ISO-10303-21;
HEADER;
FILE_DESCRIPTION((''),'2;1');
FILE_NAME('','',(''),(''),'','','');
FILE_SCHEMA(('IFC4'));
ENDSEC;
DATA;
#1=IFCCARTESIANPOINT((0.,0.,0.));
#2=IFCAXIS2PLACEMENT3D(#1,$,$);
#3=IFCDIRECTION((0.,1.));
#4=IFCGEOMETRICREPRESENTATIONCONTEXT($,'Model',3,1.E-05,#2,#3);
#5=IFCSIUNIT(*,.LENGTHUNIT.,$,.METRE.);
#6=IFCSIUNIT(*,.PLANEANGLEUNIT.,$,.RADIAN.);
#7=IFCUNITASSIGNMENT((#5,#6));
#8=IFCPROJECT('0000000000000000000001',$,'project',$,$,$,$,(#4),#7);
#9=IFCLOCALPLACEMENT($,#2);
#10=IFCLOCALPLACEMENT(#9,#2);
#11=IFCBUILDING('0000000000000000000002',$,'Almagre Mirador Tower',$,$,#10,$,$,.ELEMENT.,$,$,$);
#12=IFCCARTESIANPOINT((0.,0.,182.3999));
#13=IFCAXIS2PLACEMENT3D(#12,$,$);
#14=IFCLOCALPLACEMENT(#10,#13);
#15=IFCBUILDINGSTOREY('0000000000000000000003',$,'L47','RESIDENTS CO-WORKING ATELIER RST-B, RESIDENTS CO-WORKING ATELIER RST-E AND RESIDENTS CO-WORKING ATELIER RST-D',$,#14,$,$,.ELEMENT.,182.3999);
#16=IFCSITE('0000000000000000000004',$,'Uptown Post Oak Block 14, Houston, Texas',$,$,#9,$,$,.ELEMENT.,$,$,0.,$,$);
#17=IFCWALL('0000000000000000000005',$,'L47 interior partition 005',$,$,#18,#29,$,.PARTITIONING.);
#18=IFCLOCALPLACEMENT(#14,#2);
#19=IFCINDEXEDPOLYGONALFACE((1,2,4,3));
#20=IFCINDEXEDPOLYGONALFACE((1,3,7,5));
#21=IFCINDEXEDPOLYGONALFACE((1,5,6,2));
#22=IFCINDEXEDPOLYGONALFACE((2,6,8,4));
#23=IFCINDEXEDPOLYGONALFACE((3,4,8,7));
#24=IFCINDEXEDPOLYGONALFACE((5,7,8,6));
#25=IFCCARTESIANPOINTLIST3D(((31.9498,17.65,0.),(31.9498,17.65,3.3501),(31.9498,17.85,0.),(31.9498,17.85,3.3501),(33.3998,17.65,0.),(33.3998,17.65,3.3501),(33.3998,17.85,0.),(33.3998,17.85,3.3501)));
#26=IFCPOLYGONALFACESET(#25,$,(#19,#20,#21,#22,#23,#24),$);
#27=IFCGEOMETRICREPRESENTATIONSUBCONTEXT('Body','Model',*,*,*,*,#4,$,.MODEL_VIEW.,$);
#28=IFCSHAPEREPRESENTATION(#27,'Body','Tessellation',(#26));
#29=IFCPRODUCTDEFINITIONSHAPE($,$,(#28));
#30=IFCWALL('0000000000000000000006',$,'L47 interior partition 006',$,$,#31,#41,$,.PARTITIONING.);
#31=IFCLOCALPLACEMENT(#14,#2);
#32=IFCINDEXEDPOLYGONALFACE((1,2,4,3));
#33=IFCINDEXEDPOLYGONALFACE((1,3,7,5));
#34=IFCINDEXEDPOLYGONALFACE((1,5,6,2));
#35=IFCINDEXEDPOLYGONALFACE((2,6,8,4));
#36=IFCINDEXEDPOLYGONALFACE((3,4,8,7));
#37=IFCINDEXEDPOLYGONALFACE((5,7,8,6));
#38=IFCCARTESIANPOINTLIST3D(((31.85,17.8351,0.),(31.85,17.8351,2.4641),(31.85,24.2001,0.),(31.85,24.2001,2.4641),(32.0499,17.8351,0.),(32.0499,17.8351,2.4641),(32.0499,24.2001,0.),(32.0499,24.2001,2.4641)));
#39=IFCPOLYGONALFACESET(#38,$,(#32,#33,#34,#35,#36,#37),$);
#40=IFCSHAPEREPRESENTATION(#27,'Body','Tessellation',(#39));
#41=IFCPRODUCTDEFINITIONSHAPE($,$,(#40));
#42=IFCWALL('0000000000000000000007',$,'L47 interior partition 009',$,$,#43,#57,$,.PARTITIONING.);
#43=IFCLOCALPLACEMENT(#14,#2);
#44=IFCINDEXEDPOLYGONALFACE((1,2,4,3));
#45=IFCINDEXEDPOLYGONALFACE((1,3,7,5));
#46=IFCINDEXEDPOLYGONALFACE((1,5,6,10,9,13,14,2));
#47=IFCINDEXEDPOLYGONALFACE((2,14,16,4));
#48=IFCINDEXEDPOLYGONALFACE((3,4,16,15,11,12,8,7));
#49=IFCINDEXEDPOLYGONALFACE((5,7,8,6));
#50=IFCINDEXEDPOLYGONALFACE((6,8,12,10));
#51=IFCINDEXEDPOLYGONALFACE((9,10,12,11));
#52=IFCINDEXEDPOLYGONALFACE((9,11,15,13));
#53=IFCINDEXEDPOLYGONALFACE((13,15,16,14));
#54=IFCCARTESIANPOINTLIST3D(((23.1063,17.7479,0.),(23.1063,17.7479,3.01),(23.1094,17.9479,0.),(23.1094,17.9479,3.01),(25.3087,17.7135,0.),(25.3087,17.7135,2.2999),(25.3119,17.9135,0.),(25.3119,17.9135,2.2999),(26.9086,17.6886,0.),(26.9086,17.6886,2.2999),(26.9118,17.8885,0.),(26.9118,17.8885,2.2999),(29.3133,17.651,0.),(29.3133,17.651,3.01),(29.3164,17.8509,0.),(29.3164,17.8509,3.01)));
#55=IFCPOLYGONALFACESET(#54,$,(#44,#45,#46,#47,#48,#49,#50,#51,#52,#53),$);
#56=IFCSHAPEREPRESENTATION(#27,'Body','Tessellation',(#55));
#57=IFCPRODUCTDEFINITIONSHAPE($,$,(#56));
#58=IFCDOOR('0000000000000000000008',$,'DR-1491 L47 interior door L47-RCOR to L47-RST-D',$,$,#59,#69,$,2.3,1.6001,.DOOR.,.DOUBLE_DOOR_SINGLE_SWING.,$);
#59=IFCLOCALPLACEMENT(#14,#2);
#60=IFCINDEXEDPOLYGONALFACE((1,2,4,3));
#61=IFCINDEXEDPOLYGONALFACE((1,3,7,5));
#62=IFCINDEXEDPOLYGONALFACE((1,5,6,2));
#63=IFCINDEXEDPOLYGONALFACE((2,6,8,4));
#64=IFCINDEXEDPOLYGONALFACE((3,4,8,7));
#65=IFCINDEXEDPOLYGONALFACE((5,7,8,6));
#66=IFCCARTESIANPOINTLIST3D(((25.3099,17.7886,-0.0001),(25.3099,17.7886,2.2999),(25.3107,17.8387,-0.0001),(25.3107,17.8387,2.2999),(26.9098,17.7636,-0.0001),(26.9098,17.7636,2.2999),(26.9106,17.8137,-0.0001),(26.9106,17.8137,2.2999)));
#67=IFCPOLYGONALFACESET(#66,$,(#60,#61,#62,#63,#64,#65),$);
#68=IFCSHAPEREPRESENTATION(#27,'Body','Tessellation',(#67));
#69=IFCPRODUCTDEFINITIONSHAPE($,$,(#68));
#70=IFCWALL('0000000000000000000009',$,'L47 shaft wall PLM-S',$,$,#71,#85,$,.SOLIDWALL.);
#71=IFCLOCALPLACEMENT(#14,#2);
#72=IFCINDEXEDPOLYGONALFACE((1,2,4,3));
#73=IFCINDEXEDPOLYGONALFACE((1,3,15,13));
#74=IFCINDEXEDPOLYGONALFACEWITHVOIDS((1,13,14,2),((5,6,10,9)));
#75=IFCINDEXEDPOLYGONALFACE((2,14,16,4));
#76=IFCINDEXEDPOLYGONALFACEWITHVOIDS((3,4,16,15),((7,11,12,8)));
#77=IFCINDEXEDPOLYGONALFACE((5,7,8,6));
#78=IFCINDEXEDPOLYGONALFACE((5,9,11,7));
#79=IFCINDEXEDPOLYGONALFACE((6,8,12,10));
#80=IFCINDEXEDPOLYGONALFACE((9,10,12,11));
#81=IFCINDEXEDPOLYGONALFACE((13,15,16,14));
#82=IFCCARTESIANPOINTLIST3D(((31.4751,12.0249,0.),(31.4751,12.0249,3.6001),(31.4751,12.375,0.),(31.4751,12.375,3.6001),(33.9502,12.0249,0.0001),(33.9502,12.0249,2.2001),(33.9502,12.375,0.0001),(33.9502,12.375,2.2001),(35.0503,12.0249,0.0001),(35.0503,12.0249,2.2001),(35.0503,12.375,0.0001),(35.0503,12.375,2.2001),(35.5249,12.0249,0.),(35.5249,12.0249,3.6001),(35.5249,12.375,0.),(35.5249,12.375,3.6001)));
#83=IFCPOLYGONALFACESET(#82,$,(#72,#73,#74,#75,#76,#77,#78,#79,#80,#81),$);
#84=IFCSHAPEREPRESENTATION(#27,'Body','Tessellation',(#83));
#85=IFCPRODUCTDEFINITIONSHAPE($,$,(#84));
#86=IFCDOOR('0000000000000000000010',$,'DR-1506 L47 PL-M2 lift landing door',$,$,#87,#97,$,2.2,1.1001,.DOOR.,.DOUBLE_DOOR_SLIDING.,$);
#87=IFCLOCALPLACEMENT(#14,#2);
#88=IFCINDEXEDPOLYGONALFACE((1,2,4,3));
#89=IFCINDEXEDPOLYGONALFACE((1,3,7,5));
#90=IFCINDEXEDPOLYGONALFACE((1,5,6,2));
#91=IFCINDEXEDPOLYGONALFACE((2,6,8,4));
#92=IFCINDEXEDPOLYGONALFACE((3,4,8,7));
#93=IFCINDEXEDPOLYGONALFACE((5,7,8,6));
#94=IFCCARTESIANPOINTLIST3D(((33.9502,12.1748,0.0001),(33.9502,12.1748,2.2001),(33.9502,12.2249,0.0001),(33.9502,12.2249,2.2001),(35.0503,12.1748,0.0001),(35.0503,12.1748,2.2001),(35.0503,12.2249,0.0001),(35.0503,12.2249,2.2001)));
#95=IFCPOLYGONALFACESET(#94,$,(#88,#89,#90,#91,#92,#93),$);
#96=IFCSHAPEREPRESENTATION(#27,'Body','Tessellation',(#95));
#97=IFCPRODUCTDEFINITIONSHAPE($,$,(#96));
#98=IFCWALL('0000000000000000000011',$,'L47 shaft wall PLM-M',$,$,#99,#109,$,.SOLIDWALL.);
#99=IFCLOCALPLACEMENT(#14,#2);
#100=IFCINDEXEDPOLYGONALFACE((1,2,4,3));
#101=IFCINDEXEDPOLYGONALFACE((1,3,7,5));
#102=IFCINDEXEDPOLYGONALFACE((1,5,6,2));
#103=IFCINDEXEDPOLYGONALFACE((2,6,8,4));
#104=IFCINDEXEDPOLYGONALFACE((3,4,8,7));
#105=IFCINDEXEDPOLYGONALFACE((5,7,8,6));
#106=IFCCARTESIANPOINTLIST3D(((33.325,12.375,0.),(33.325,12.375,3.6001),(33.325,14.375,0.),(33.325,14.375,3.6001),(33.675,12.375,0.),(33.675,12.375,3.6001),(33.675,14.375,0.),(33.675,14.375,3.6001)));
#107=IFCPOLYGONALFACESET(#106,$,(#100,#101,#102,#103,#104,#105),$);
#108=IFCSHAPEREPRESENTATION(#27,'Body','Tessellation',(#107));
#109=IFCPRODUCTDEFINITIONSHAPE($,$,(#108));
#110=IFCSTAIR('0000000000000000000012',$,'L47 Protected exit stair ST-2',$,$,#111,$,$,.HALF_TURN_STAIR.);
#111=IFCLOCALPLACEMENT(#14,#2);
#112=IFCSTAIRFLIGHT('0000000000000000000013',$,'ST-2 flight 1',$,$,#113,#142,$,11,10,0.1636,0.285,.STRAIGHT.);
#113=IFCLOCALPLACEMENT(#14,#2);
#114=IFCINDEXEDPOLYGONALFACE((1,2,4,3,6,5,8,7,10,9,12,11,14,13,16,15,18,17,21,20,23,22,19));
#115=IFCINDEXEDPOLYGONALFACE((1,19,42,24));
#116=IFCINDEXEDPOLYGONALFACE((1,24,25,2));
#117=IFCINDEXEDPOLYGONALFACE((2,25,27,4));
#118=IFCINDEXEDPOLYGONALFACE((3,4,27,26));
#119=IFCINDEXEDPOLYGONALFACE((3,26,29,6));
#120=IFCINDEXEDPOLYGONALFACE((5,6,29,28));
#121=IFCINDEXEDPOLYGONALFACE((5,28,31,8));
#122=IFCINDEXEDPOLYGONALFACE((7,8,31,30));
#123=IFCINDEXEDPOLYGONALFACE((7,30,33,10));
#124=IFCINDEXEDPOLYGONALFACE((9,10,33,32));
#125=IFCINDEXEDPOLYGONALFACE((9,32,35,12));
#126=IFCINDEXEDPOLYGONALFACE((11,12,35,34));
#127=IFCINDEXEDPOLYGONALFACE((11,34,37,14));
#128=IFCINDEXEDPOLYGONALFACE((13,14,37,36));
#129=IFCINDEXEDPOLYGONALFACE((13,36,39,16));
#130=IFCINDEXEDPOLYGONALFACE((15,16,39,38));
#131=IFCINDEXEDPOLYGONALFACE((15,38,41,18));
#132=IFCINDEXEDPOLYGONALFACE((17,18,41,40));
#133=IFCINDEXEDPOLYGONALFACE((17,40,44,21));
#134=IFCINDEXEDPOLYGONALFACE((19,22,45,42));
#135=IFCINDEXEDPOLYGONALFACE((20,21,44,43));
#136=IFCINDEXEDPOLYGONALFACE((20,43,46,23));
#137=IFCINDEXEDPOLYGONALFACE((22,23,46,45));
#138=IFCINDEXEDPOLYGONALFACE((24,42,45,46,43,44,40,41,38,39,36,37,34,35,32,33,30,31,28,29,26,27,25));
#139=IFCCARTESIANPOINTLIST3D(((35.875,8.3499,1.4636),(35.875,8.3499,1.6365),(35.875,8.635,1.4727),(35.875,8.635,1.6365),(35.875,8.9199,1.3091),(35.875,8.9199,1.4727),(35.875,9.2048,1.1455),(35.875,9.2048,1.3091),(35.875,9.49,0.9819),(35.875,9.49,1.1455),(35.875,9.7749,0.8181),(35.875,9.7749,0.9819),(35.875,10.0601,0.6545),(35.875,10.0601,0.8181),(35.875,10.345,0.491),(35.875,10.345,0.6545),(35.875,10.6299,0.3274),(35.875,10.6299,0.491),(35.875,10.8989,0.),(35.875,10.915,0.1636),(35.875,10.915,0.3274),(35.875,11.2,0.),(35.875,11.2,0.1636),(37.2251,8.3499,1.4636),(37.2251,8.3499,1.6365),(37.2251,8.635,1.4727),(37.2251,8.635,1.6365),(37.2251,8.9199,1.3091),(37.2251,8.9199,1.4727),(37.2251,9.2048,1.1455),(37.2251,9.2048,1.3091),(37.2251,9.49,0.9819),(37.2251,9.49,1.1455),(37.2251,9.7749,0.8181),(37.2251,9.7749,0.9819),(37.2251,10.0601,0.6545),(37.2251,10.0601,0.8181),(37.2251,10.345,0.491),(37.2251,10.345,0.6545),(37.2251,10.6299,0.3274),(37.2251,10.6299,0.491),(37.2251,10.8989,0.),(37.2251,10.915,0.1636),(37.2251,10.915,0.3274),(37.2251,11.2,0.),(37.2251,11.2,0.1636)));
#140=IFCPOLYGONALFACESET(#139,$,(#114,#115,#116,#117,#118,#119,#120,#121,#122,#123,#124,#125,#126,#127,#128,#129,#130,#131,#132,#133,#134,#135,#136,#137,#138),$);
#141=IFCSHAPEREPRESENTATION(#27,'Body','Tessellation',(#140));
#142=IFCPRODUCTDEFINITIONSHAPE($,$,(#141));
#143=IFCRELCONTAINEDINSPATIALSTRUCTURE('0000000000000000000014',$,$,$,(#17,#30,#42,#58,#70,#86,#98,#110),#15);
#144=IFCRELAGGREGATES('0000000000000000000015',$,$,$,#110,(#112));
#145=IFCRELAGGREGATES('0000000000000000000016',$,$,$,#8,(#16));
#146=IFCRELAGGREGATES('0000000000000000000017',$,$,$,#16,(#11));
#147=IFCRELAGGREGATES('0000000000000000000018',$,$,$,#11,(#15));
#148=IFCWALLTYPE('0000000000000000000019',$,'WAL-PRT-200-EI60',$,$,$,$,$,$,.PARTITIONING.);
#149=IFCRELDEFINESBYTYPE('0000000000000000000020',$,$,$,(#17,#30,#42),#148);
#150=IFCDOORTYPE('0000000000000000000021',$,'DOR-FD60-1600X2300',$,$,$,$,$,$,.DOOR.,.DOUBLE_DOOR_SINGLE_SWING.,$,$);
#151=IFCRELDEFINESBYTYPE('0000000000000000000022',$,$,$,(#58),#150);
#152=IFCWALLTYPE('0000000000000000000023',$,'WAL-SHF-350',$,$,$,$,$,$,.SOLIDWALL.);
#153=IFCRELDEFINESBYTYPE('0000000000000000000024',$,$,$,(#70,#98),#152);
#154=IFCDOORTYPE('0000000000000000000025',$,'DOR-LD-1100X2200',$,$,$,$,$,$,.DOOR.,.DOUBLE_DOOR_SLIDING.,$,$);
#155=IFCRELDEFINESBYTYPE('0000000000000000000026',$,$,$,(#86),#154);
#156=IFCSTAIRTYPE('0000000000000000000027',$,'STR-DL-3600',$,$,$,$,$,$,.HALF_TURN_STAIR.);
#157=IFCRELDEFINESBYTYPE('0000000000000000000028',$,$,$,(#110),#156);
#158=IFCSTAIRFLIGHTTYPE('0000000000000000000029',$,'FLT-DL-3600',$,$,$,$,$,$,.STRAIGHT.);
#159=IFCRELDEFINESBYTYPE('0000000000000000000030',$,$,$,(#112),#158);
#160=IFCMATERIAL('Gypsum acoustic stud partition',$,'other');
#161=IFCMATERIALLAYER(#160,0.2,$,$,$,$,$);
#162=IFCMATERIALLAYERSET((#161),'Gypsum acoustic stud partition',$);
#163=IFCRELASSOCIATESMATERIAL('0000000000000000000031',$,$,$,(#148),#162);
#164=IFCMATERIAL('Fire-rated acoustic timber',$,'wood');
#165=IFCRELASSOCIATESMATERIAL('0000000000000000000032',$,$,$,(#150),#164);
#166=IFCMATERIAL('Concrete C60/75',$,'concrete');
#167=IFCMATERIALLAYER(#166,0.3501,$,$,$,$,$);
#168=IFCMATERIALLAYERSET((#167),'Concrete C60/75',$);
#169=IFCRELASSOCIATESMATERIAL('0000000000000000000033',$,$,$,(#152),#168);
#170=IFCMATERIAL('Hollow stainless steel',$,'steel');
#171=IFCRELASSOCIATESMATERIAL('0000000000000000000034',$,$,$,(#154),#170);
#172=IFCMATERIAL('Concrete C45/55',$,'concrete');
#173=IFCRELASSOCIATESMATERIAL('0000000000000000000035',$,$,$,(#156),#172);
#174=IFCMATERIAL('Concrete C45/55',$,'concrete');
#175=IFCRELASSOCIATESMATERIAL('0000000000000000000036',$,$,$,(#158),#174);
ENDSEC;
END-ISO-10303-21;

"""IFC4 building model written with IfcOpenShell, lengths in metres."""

from ifc_helpers import new_model, si_unit, direction, frame, frame_2d, origin, place, context, subcontext, project, spatial, polyline, rectangle, outline, extrude, material, layer, layer_set, type_object, element, fill, aggregate, save


model = new_model("IFC4")

# Units and contexts
model_context = context("Model", 3, precision=1e-05, world=origin(), true_north=direction((0.0, 1.0)))
body_context = subcontext(model_context, "Body", "Model", "MODEL_VIEW")
ifc_project = project(units=[si_unit("LENGTHUNIT", "METRE"), si_unit("PLANEANGLEUNIT", "RADIAN")], contexts=[model_context])

# Site, building, storey
site_placement = place(None, origin())
site = spatial("IfcSite", under=ifc_project, at=site_placement, Name="Uptown Post Oak Block 14, Houston, Texas", CompositionType="ELEMENT", RefElevation=0.0)
building_placement = place(site_placement, origin())
building = spatial("IfcBuilding", under=site, at=building_placement, Name="Almagre Mirador Tower", CompositionType="ELEMENT")
storey_placement = place(building_placement, frame((0.0, 0.0, 182.3999)))
storey = spatial("IfcBuildingStorey", under=building, at=storey_placement, Name="L47", Description="RESIDENTS CO-WORKING ATELIER RST-B, RESIDENTS CO-WORKING ATELIER RST-E AND RESIDENTS CO-WORKING ATELIER RST-D", CompositionType="ELEMENT", Elevation=182.3999)

# Walls
ifc_material_1 = material(Name="Gypsum acoustic stud partition", Category="other")
ifc_layer_1 = layer(ifc_material_1, 0.2)
ifc_layer_set_1 = layer_set([ifc_layer_1], Name="Gypsum acoustic stud partition")
wall_type_1 = type_object("IfcWallType", Name="WAL-PRT-200-EI60", PredefinedType="PARTITIONING", material=ifc_layer_set_1)
wall_1_placement = place(storey_placement, frame((33.3999, 17.75, 0.0), z_axis=(0.0, 0.0, 1.0), x_axis=(-1.0, 0.0, 0.0)))
element("IfcWall", 1, at=wall_1_placement, inside=storey, type_object=wall_type_1, Name="L47 interior partition 005", PredefinedType="PARTITIONING", context=body_context, shape_type="SweptSolid", body=[
    extrude(rectangle(XDim=1.45, YDim=0.2, at=frame_2d((0.7251, 0.0))), origin(), (0.0, 0.0, 1.0), 3.3501),
])
wall_2_placement = place(storey_placement, frame((31.95, 17.835, 0.0), z_axis=(0.0, 0.0, 1.0), x_axis=(0.0, 1.0, 0.0)))
element("IfcWall", 2, at=wall_2_placement, inside=storey, type_object=wall_type_1, Name="L47 interior partition 006", PredefinedType="PARTITIONING", context=body_context, shape_type="SweptSolid", body=[
    extrude(rectangle(XDim=6.365, YDim=0.2, at=frame_2d((3.1826, 0.0))), origin(), (0.0, 0.0, 1.0), 2.4641),
])

# Walls, openings, doors
wall_3_placement = place(storey_placement, frame((29.3149, 17.751, 0.0), z_axis=(0.0, 0.0, 1.0), x_axis=(-0.999878, 0.015613, 0.0)))
wall_3 = element("IfcWall", 3, at=wall_3_placement, inside=storey, type_object=wall_type_1, Name="L47 interior partition 009", PredefinedType="PARTITIONING", context=body_context, shape_type="SweptSolid", body=[
    extrude(rectangle(XDim=6.2078, YDim=0.2, at=frame_2d((3.104, 0.0))), origin(), (0.0, 0.0, 1.0), 3.01),
])
opening_1_placement = place(wall_3_placement, frame((2.405, 0.0, 0.0)))
opening_1 = element("IfcOpeningElement", 4, at=opening_1_placement, cuts=wall_3, PredefinedType="OPENING", context=body_context, shape_type="SweptSolid", body=[
    extrude(rectangle(XDim=1.6001, YDim=2.3, at=frame_2d((0.8, 1.1499))), frame((0.0, 0.1101, 0.0), z_axis=(0.0, -1.0, 0.0), x_axis=(1.0, 0.0, 0.0)), (0.0, 0.0, 1.0), 0.22),
])
ifc_material_2 = material(Name="Fire-rated acoustic timber", Category="wood")
door_type_1 = type_object("IfcDoorType", Name="DOR-FD60-1600X2300", OperationType="DOUBLE_DOOR_SINGLE_SWING", PredefinedType="DOOR", material=ifc_material_2)
door_1_placement = place(opening_1_placement, origin())
door_1 = element("IfcDoor", 5, at=door_1_placement, inside=storey, type_object=door_type_1, Name="DR-1491 L47 interior door L47-RCOR to L47-RST-D", OperationType="DOUBLE_DOOR_SINGLE_SWING", OverallHeight=2.3, OverallWidth=1.6001, PredefinedType="DOOR", context=body_context, shape_type="SweptSolid", body=[
    extrude(rectangle(XDim=1.6001, YDim=2.3, at=frame_2d((0.8, 1.1499))), frame((0.0, 0.0249, 0.0), z_axis=(0.0, -1.0, 0.0), x_axis=(1.0, 0.0, 0.0)), (0.0, 0.0, 1.0), 0.05),
])
fill(opening_1, door_1)
ifc_material_3 = material(Name="Concrete C60/75", Category="concrete")
ifc_layer_2 = layer(ifc_material_3, 0.3501)
ifc_layer_set_2 = layer_set([ifc_layer_2], Name="Concrete C60/75")
wall_type_2 = type_object("IfcWallType", Name="WAL-SHF-350", PredefinedType="SOLIDWALL", material=ifc_layer_set_2)
wall_4_placement = place(storey_placement, frame((31.4751, 12.2, 0.0), z_axis=(0.0, 0.0, 1.0), x_axis=(1.0, 0.0, 0.0)))
wall_4 = element("IfcWall", 6, at=wall_4_placement, inside=storey, type_object=wall_type_2, Name="L47 shaft wall PLM-S", PredefinedType="SOLIDWALL", context=body_context, shape_type="SweptSolid", body=[
    extrude(rectangle(XDim=4.0498, YDim=0.3501, at=frame_2d((2.0249, 0.0))), origin(), (0.0, 0.0, 1.0), 3.6001),
])
opening_2_placement = place(wall_4_placement, frame((2.4751, 0.0, 0.0)))
opening_2 = element("IfcOpeningElement", 7, at=opening_2_placement, cuts=wall_4, PredefinedType="OPENING", context=body_context, shape_type="SweptSolid", body=[
    extrude(rectangle(XDim=1.1001, YDim=2.2, at=frame_2d((0.55, 1.1001))), frame((0.0, 0.185, 0.0), z_axis=(0.0, -1.0, 0.0), x_axis=(1.0, 0.0, 0.0)), (0.0, 0.0, 1.0), 0.3701),
])
ifc_material_4 = material(Name="Hollow stainless steel", Category="steel")
door_type_2 = type_object("IfcDoorType", Name="DOR-LD-1100X2200", OperationType="DOUBLE_DOOR_SLIDING", PredefinedType="DOOR", material=ifc_material_4)
door_2_placement = place(opening_2_placement, origin())
door_2 = element("IfcDoor", 8, at=door_2_placement, inside=storey, type_object=door_type_2, Name="DR-1506 L47 PL-M2 lift landing door", OperationType="DOUBLE_DOOR_SLIDING", OverallHeight=2.2, OverallWidth=1.1001, PredefinedType="DOOR", context=body_context, shape_type="SweptSolid", body=[
    extrude(rectangle(XDim=1.1001, YDim=2.2, at=frame_2d((0.55, 1.1001))), frame((0.0, 0.0249, 0.0), z_axis=(0.0, -1.0, 0.0), x_axis=(1.0, 0.0, 0.0)), (0.0, 0.0, 1.0), 0.05),
])
fill(opening_2, door_2)

# Wall
wall_5_placement = place(storey_placement, frame((33.5, 12.375, 0.0), z_axis=(0.0, 0.0, 1.0), x_axis=(0.0, 1.0, 0.0)))
element("IfcWall", 9, at=wall_5_placement, inside=storey, type_object=wall_type_2, Name="L47 shaft wall PLM-M", PredefinedType="SOLIDWALL", context=body_context, shape_type="SweptSolid", body=[
    extrude(rectangle(XDim=2.0, YDim=0.3501, at=frame_2d((1.0, 0.0))), origin(), (0.0, 0.0, 1.0), 3.6001),
])

# Stair, stair flight
ifc_material_5 = material(Name="Concrete C45/55", Category="concrete")
stair_type = type_object("IfcStairType", Name="STR-DL-3600", PredefinedType="HALF_TURN_STAIR", material=ifc_material_5)
stair_placement = place(storey_placement, origin())
stair = element("IfcStair", 10, at=stair_placement, inside=storey, type_object=stair_type, Name="L47 Protected exit stair ST-2", PredefinedType="HALF_TURN_STAIR")
ifc_material_6 = material(Name="Concrete C45/55", Category="concrete")
stair_flight_type = type_object("IfcStairFlightType", Name="FLT-DL-3600", PredefinedType="STRAIGHT", material=ifc_material_6)
stair_flight_placement = place(storey_placement, frame((36.55, 11.2, 0.0), z_axis=(0.0, 0.0, 1.0), x_axis=(0.0, -1.0, 0.0)))
stair_flight = element("IfcStairFlight", 11, at=stair_flight_placement, type_object=stair_flight_type, Name="ST-2 flight 1", NumberOfRisers=11, NumberOfTreads=10, PredefinedType="STRAIGHT", RiserHeight=0.1636, TreadLength=0.285, context=body_context, shape_type="SweptSolid", body=[
    extrude(outline(polyline([(0.0, 0.0), (0.0, 0.1636), (0.2849, 0.1636), (0.2849, 0.3274), (0.5701, 0.3274), (0.5701, 0.491), (0.855, 0.491), (0.855, 0.6545), (1.1399, 0.6545), (1.1399, 0.8181), (1.425, 0.8181), (1.425, 0.9819), (1.71, 0.9819), (1.71, 1.1455), (1.9951, 1.1455), (1.9951, 1.3091), (2.28, 1.3091), (2.28, 1.4727), (2.5649, 1.4727), (2.5649, 1.6365), (2.8501, 1.6365), (2.8501, 1.8), (2.8501, 1.4636), (0.301, 0.0), (0.0, 0.0)])), frame((0.0, 0.675, 0.0), z_axis=(0.0, -1.0, 0.0), x_axis=(1.0, 0.0, 0.0)), (0.0, 0.0, 1.0), 1.3501),
])
aggregate(stair, [stair_flight])

save(model, "model.ifc")
